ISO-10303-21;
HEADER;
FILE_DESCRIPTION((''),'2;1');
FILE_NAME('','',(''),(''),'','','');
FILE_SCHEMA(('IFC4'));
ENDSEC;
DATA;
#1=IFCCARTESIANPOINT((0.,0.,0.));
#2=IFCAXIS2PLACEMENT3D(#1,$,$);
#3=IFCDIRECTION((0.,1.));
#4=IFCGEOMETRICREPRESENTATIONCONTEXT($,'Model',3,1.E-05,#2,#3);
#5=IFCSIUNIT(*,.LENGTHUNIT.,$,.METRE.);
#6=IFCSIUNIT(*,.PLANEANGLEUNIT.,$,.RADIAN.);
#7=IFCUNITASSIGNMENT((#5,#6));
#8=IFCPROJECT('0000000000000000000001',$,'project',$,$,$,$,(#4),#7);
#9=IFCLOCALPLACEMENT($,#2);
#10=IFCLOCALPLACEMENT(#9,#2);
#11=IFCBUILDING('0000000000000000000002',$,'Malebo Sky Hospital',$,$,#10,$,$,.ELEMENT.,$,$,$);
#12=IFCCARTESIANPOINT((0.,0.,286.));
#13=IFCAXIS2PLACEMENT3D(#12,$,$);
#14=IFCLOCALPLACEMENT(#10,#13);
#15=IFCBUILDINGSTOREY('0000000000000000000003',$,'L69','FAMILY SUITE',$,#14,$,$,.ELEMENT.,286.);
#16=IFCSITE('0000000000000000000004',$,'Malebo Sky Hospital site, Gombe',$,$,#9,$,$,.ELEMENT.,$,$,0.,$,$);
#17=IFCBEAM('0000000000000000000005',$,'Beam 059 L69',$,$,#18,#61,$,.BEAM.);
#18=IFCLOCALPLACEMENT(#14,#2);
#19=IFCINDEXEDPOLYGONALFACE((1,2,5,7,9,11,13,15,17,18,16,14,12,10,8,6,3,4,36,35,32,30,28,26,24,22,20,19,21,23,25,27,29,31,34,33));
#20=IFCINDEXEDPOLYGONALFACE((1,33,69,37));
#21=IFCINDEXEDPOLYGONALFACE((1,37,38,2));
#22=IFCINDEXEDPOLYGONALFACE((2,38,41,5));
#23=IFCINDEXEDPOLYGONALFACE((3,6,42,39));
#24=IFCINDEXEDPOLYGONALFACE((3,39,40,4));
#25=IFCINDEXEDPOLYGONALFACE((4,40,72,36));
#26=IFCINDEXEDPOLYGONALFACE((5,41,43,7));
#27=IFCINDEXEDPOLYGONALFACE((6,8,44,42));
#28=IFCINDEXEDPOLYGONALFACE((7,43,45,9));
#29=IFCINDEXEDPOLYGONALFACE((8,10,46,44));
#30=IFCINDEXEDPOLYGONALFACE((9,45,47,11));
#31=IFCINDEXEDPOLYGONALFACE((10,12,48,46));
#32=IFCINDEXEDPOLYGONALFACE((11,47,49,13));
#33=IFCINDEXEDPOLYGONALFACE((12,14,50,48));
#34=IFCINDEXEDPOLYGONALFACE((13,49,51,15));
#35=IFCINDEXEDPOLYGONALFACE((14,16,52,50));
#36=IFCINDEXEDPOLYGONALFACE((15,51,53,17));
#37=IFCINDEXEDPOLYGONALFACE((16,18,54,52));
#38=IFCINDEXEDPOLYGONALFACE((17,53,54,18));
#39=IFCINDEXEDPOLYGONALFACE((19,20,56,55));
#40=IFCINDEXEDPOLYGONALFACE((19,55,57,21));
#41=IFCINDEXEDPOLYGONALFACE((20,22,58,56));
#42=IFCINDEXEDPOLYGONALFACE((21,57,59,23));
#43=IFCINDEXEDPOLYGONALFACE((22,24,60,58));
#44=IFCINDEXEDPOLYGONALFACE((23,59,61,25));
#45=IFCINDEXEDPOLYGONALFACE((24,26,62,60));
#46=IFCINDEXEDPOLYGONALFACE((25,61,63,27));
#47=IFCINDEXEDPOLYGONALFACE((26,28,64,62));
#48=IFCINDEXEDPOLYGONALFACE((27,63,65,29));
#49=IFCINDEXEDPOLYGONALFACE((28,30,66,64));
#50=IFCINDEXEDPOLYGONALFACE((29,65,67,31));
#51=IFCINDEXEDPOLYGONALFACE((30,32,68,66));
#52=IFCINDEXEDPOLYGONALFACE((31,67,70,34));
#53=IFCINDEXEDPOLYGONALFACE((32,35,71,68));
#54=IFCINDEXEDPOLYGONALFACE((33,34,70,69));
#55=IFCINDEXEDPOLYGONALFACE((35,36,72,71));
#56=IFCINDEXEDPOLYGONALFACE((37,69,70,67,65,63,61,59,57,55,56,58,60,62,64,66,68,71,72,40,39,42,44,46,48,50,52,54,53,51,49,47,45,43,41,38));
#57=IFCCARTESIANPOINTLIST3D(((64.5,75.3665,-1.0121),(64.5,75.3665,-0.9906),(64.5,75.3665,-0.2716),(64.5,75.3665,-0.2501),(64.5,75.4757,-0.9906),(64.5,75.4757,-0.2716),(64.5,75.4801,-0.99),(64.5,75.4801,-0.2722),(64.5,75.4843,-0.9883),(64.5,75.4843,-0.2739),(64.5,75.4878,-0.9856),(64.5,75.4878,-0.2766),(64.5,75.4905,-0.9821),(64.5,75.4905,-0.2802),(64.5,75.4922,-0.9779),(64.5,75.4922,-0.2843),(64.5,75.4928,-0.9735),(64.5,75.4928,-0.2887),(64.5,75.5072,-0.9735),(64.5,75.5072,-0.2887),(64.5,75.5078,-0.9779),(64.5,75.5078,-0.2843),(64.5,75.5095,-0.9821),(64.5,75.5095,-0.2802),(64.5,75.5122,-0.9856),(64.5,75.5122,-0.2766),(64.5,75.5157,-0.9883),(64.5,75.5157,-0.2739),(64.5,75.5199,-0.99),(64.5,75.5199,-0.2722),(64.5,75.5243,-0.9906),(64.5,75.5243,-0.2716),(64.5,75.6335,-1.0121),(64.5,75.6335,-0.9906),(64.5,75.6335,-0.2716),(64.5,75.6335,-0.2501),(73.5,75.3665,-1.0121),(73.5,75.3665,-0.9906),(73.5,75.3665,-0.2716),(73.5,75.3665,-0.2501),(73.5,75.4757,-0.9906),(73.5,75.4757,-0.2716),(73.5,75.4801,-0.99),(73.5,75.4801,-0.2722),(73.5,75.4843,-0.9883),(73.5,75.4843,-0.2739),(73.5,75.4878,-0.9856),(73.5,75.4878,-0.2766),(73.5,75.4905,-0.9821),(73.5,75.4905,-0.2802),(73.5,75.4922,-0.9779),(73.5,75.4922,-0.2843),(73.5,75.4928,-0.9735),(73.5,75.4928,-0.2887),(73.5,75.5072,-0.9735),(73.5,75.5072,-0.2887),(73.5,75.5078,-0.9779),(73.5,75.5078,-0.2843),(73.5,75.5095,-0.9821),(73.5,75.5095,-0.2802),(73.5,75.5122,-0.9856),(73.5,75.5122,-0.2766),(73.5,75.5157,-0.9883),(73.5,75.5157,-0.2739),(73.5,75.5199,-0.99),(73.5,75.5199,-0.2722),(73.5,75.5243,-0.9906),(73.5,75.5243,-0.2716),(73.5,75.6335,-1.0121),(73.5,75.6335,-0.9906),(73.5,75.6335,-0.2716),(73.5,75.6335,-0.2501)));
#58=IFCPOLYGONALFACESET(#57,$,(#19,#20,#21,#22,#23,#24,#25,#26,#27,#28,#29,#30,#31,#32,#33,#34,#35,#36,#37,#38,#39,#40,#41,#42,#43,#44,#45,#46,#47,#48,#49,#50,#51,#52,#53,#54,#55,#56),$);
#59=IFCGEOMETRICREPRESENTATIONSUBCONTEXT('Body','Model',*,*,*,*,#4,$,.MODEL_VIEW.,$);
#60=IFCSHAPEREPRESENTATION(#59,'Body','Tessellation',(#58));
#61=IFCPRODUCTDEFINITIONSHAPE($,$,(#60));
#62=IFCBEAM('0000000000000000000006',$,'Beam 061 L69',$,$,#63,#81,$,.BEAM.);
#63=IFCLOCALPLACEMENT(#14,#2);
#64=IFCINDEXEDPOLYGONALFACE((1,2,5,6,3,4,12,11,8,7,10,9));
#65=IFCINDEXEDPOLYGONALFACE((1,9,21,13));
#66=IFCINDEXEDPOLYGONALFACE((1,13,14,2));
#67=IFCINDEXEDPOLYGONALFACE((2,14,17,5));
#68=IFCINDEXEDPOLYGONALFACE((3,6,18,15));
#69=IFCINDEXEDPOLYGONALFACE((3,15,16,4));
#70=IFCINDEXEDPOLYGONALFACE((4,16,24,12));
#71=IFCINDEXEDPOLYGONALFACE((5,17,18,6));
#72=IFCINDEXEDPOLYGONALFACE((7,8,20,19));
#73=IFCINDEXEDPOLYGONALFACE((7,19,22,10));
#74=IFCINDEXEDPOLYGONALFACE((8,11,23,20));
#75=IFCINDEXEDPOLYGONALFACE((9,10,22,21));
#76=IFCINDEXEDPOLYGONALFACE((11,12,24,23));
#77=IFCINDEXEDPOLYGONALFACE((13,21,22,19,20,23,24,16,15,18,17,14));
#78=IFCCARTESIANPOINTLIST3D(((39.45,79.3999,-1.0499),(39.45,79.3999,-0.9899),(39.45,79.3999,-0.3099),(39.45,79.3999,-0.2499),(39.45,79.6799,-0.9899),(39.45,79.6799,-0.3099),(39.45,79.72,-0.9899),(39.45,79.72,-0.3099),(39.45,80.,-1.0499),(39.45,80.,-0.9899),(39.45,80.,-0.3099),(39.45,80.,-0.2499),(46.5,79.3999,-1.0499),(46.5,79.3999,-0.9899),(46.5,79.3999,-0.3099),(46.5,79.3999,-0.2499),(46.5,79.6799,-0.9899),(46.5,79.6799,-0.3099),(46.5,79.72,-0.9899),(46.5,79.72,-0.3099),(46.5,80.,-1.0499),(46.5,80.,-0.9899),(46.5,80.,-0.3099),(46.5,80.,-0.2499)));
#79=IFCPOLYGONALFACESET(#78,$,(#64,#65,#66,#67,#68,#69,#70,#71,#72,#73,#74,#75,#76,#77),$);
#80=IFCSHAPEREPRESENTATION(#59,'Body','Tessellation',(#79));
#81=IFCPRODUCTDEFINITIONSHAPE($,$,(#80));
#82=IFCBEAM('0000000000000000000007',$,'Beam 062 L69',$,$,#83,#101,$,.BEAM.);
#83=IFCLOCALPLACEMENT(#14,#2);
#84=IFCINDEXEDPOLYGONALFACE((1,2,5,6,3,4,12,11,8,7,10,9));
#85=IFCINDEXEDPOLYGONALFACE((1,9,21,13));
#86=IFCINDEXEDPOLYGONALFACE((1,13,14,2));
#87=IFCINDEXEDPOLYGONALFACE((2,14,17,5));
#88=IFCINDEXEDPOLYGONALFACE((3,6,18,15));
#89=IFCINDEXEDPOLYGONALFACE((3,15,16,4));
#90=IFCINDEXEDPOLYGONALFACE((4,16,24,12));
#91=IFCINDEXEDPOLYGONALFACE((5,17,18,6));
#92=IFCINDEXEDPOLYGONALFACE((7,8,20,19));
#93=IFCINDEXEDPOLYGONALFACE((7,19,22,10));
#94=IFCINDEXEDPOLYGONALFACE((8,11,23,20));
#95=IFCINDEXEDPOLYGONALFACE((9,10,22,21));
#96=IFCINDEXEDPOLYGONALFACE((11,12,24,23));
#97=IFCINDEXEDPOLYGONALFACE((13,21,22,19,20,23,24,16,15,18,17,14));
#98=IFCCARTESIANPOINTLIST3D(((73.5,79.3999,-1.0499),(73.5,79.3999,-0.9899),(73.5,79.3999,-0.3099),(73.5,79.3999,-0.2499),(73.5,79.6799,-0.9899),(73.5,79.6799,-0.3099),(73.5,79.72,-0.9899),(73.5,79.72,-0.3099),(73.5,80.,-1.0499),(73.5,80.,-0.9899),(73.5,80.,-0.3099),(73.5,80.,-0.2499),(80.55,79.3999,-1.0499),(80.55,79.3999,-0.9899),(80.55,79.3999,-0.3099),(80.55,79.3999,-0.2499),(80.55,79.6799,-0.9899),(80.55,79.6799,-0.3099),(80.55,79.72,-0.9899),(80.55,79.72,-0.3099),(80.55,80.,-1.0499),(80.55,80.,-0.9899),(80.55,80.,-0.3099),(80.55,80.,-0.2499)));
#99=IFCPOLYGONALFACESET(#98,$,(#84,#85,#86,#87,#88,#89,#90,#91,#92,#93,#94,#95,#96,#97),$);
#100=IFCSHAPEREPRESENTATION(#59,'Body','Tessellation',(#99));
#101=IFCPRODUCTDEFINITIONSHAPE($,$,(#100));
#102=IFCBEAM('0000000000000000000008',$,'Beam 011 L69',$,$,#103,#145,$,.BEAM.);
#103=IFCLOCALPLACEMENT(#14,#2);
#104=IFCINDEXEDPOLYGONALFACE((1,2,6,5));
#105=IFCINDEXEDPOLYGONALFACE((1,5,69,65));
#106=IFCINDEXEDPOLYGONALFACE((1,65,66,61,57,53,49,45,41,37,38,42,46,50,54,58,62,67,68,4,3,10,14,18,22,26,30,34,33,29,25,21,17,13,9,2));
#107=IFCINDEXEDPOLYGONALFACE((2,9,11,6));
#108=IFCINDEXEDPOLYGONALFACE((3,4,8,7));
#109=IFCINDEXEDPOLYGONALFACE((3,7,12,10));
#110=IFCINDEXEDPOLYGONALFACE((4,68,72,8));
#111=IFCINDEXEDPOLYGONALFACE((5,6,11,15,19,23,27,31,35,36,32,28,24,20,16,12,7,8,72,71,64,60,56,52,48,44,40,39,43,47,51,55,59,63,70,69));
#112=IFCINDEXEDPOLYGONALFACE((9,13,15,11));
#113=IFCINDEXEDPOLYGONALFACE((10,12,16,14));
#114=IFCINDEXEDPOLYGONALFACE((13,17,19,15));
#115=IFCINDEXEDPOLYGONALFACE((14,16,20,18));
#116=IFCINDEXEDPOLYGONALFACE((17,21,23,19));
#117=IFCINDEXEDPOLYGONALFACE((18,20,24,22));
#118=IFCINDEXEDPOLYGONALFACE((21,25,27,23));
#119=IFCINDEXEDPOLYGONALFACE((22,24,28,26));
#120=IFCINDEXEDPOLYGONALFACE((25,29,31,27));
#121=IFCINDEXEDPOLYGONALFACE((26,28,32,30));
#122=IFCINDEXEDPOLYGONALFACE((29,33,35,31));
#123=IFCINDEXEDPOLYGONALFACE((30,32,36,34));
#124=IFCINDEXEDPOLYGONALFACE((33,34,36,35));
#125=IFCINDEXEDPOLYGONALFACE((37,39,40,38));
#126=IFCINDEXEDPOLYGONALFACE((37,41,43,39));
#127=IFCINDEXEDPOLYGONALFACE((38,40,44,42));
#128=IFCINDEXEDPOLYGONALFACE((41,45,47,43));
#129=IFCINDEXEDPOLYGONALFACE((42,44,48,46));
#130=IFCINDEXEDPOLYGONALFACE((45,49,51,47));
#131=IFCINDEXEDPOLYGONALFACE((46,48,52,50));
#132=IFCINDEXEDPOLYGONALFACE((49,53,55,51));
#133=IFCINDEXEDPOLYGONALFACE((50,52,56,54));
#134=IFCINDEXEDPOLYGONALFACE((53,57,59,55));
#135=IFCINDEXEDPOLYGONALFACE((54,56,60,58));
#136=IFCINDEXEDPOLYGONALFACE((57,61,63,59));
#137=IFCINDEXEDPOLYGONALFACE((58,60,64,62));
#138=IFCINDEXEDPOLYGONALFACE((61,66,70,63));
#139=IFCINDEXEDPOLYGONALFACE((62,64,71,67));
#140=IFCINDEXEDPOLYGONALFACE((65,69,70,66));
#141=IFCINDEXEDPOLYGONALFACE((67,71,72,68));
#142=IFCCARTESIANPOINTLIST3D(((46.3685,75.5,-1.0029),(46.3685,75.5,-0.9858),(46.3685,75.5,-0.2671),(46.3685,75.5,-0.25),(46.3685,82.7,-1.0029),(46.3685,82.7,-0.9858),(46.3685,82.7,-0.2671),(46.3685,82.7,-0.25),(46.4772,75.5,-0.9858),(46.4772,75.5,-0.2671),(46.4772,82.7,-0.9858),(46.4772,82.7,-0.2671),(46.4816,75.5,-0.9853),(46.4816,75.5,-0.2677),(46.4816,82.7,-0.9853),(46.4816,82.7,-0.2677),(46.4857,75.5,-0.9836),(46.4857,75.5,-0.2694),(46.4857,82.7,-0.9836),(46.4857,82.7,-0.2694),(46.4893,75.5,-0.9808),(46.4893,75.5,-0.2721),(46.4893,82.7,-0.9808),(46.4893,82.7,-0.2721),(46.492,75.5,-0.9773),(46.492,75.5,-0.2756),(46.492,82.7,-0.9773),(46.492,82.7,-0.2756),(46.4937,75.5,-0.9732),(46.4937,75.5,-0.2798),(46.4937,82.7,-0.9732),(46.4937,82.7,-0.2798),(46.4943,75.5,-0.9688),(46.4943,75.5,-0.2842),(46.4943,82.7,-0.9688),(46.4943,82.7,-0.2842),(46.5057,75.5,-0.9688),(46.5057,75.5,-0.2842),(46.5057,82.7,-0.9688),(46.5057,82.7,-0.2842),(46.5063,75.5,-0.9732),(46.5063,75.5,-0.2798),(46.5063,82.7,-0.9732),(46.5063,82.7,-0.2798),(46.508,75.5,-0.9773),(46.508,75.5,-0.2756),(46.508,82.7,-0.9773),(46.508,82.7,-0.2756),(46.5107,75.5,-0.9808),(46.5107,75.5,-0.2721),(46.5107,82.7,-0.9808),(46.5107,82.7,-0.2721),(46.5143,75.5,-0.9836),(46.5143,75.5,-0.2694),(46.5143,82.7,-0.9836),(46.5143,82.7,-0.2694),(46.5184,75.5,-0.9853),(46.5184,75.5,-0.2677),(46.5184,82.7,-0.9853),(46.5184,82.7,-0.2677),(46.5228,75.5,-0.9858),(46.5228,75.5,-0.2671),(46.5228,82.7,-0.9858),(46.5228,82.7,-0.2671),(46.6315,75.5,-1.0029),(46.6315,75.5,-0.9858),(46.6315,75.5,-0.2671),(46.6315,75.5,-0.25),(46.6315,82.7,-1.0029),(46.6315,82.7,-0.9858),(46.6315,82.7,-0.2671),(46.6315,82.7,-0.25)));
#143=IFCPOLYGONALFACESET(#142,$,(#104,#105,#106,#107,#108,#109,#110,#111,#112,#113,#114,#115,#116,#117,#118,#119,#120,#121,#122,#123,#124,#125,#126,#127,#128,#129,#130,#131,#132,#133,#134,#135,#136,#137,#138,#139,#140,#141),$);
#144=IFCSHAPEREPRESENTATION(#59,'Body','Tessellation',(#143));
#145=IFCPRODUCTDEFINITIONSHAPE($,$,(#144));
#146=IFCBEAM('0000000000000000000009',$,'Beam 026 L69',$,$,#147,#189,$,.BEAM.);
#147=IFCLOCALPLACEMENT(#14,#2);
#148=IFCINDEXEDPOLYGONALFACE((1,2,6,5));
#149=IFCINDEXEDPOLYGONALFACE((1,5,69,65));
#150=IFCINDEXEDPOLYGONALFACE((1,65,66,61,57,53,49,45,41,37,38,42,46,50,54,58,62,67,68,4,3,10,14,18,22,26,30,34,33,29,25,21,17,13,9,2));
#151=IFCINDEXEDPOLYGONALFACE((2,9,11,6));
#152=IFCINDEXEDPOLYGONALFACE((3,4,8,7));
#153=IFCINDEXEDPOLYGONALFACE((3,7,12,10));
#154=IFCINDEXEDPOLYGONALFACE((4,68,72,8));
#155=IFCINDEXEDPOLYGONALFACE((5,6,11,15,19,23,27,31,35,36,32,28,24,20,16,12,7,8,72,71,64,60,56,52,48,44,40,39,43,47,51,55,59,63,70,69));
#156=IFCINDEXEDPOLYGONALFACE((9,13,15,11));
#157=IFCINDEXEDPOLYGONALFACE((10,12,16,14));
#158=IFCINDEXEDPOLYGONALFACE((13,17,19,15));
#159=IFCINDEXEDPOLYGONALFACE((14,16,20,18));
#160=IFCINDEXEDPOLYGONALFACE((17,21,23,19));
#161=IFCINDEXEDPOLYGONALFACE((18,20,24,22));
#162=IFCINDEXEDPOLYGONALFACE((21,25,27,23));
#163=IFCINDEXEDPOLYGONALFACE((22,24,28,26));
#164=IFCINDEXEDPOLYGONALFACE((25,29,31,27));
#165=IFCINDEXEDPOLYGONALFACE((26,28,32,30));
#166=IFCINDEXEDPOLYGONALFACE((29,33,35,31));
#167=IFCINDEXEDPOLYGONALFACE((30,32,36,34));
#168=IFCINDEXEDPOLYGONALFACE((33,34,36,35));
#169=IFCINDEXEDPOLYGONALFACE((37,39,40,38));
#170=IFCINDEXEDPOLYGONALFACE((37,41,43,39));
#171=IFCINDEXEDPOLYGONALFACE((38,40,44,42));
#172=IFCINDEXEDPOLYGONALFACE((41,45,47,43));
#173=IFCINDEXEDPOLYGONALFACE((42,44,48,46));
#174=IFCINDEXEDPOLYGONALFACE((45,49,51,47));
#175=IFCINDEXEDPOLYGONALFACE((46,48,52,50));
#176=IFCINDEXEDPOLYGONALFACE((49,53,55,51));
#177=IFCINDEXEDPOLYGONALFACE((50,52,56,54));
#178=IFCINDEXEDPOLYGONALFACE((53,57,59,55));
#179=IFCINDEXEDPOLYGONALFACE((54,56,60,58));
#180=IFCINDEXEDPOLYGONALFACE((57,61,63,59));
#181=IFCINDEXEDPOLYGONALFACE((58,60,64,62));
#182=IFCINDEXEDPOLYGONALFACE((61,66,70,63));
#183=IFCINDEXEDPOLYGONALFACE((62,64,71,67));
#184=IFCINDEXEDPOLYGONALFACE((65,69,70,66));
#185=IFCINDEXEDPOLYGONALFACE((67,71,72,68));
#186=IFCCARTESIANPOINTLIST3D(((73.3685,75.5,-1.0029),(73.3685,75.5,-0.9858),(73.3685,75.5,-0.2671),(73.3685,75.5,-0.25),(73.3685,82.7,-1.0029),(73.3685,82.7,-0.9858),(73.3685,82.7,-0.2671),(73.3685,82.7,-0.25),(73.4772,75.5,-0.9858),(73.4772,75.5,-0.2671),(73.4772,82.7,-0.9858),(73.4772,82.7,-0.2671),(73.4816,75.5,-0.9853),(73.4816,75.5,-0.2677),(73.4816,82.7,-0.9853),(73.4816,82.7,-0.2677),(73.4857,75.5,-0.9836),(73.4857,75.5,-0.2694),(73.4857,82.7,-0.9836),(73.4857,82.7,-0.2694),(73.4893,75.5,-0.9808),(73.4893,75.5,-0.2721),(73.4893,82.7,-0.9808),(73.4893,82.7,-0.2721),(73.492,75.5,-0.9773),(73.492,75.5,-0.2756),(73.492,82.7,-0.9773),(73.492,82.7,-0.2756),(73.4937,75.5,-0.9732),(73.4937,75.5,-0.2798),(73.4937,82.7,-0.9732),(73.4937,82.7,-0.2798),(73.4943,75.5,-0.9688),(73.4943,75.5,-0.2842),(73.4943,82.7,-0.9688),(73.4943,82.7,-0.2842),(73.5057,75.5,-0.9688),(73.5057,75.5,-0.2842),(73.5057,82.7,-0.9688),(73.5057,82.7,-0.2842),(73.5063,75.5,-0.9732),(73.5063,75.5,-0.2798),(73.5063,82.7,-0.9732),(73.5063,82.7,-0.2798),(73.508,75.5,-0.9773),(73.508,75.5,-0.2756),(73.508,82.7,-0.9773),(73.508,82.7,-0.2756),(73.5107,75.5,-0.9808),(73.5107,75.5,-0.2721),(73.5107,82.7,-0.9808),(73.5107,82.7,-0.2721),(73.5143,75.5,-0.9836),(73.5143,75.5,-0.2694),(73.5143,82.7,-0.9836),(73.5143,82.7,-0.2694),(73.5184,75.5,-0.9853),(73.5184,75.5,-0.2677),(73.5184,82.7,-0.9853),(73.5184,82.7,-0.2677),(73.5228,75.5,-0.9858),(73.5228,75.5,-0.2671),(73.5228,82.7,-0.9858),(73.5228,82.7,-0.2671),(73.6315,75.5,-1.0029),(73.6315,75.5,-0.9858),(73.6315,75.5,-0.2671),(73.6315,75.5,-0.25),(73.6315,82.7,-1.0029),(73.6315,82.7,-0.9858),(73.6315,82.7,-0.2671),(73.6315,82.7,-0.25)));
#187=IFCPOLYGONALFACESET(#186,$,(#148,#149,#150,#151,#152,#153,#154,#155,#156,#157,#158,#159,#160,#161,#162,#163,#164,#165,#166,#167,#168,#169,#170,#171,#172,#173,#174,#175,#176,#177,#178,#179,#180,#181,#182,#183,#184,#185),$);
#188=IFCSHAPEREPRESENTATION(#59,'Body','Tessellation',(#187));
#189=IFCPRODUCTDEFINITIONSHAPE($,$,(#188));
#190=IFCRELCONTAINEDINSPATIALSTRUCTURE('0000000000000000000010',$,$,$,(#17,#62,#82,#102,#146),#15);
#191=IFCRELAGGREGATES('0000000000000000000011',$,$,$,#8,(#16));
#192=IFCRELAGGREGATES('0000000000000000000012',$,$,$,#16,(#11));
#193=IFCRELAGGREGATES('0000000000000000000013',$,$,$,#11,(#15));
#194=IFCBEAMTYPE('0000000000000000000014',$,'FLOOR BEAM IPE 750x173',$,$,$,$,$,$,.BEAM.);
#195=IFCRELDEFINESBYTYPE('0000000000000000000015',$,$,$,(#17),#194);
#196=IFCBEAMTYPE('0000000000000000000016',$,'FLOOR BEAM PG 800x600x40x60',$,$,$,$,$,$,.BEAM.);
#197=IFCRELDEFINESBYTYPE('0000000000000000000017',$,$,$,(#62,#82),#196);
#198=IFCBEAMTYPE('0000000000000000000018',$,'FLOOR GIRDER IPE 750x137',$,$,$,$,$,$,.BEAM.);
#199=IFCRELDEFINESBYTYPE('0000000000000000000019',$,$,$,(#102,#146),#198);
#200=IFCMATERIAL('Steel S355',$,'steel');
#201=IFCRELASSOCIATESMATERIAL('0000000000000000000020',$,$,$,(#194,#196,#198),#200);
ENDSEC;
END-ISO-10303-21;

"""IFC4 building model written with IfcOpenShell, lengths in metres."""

from ifc_helpers import new_model, si_unit, direction, frame, origin, origin_2d, place, context, subcontext, project, spatial, i_section, extrude, material, material_profile, profile_set, type_object, element, save


model = new_model("IFC4")

# Units and contexts
model_context = context("Model", 3, precision=1e-05, world=origin(), true_north=direction((0.0, 1.0)))
body_context = subcontext(model_context, "Body", "Model", "MODEL_VIEW")
ifc_project = project(units=[si_unit("LENGTHUNIT", "METRE"), si_unit("PLANEANGLEUNIT", "RADIAN")], contexts=[model_context])

# Site, building, storey
site_placement = place(None, origin())
site = spatial("IfcSite", under=ifc_project, at=site_placement, Name="Malebo Sky Hospital site, Gombe", CompositionType="ELEMENT", RefElevation=0.0)
building_placement = place(site_placement, origin())
building = spatial("IfcBuilding", under=site, at=building_placement, Name="Malebo Sky Hospital", CompositionType="ELEMENT")
storey_placement = place(building_placement, frame((0.0, 0.0, 286.0)))
storey = spatial("IfcBuildingStorey", under=building, at=storey_placement, Name="L69", Description="FAMILY SUITE", CompositionType="ELEMENT", Elevation=286.0)

# Shared definitions
ifc_material_1 = material(Name="Steel S355", Category="steel")

# Beams
ifc_material_profile_1 = material_profile(ifc_material_1, i_section(OverallWidth=0.2671, OverallDepth=0.762, WebThickness=0.0144, FlangeThickness=0.0215, FilletRadius=0.0171, at=origin_2d()), Name="IPE 750x173")
ifc_profile_set_1 = profile_set([ifc_material_profile_1], Name="Steel S355")
beam_type_1 = type_object("IfcBeamType", Name="FLOOR BEAM IPE 750x173", PredefinedType="BEAM", material=ifc_profile_set_1)
for number, where, z_axis, x_axis, name in (
    (1, (64.5, 75.5, -0.6311), (1.0, 0.0, 0.0), (0.0, 1.0, 0.0), "Beam 059 L69"),
):
    element("IfcBeam", number, at=place(storey_placement, frame(where, z_axis=z_axis, x_axis=x_axis)), inside=storey, type_object=beam_type_1, Name=name, PredefinedType="BEAM", context=body_context, shape_type="SweptSolid", body=[
        extrude(i_section(OverallWidth=0.2671, OverallDepth=0.762, WebThickness=0.0144, FlangeThickness=0.0215, FilletRadius=0.0171, at=origin_2d()), origin(), (0.0, 0.0, 1.0), 9.0),
    ])
ifc_material_profile_2 = material_profile(ifc_material_1, i_section(OverallWidth=0.6001, OverallDepth=0.8, WebThickness=0.04, FlangeThickness=0.0601, at=origin_2d()), Name="PG 800x600x40x60")
ifc_profile_set_2 = profile_set([ifc_material_profile_2], Name="Steel S355")
beam_type_2 = type_object("IfcBeamType", Name="FLOOR BEAM PG 800x600x40x60", PredefinedType="BEAM", material=ifc_profile_set_2)
for number, where, z_axis, x_axis, name in (
    (2, (39.45, 79.7, -0.6499), (1.0, 0.0, 0.0), (0.0, 1.0, 0.0), "Beam 061 L69"),
    (3, (73.5, 79.7, -0.6499), (1.0, 0.0, 0.0), (0.0, 1.0, 0.0), "Beam 062 L69"),
):
    element("IfcBeam", number, at=place(storey_placement, frame(where, z_axis=z_axis, x_axis=x_axis)), inside=storey, type_object=beam_type_2, Name=name, PredefinedType="BEAM", context=body_context, shape_type="SweptSolid", body=[
        extrude(i_section(OverallWidth=0.6001, OverallDepth=0.8, WebThickness=0.04, FlangeThickness=0.0601, at=origin_2d()), origin(), (0.0, 0.0, 1.0), 7.05),
    ])
ifc_material_profile_3 = material_profile(ifc_material_1, i_section(OverallWidth=0.2629, OverallDepth=0.7529, WebThickness=0.0115, FlangeThickness=0.0171, FilletRadius=0.0171, at=origin_2d()), Name="IPE 750x137")
ifc_profile_set_3 = profile_set([ifc_material_profile_3], Name="Steel S355")
beam_type_3 = type_object("IfcBeamType", Name="FLOOR GIRDER IPE 750x137", PredefinedType="BEAM", material=ifc_profile_set_3)
for number, where, z_axis, x_axis, name in (
    (4, (46.5, 75.5, -0.6265), (0.0, 1.0, 0.0), (-1.0, 0.0, 0.0), "Beam 011 L69"),
    (5, (73.5, 75.5, -0.6265), (0.0, 1.0, 0.0), (-1.0, 0.0, 0.0), "Beam 026 L69"),
):
    element("IfcBeam", number, at=place(storey_placement, frame(where, z_axis=z_axis, x_axis=x_axis)), inside=storey, type_object=beam_type_3, Name=name, PredefinedType="BEAM", context=body_context, shape_type="SweptSolid", body=[
        extrude(i_section(OverallWidth=0.2629, OverallDepth=0.7529, WebThickness=0.0115, FlangeThickness=0.0171, FilletRadius=0.0171, at=origin_2d()), origin(), (0.0, 0.0, 1.0), 7.2),
    ])

save(model, "model.ifc")
